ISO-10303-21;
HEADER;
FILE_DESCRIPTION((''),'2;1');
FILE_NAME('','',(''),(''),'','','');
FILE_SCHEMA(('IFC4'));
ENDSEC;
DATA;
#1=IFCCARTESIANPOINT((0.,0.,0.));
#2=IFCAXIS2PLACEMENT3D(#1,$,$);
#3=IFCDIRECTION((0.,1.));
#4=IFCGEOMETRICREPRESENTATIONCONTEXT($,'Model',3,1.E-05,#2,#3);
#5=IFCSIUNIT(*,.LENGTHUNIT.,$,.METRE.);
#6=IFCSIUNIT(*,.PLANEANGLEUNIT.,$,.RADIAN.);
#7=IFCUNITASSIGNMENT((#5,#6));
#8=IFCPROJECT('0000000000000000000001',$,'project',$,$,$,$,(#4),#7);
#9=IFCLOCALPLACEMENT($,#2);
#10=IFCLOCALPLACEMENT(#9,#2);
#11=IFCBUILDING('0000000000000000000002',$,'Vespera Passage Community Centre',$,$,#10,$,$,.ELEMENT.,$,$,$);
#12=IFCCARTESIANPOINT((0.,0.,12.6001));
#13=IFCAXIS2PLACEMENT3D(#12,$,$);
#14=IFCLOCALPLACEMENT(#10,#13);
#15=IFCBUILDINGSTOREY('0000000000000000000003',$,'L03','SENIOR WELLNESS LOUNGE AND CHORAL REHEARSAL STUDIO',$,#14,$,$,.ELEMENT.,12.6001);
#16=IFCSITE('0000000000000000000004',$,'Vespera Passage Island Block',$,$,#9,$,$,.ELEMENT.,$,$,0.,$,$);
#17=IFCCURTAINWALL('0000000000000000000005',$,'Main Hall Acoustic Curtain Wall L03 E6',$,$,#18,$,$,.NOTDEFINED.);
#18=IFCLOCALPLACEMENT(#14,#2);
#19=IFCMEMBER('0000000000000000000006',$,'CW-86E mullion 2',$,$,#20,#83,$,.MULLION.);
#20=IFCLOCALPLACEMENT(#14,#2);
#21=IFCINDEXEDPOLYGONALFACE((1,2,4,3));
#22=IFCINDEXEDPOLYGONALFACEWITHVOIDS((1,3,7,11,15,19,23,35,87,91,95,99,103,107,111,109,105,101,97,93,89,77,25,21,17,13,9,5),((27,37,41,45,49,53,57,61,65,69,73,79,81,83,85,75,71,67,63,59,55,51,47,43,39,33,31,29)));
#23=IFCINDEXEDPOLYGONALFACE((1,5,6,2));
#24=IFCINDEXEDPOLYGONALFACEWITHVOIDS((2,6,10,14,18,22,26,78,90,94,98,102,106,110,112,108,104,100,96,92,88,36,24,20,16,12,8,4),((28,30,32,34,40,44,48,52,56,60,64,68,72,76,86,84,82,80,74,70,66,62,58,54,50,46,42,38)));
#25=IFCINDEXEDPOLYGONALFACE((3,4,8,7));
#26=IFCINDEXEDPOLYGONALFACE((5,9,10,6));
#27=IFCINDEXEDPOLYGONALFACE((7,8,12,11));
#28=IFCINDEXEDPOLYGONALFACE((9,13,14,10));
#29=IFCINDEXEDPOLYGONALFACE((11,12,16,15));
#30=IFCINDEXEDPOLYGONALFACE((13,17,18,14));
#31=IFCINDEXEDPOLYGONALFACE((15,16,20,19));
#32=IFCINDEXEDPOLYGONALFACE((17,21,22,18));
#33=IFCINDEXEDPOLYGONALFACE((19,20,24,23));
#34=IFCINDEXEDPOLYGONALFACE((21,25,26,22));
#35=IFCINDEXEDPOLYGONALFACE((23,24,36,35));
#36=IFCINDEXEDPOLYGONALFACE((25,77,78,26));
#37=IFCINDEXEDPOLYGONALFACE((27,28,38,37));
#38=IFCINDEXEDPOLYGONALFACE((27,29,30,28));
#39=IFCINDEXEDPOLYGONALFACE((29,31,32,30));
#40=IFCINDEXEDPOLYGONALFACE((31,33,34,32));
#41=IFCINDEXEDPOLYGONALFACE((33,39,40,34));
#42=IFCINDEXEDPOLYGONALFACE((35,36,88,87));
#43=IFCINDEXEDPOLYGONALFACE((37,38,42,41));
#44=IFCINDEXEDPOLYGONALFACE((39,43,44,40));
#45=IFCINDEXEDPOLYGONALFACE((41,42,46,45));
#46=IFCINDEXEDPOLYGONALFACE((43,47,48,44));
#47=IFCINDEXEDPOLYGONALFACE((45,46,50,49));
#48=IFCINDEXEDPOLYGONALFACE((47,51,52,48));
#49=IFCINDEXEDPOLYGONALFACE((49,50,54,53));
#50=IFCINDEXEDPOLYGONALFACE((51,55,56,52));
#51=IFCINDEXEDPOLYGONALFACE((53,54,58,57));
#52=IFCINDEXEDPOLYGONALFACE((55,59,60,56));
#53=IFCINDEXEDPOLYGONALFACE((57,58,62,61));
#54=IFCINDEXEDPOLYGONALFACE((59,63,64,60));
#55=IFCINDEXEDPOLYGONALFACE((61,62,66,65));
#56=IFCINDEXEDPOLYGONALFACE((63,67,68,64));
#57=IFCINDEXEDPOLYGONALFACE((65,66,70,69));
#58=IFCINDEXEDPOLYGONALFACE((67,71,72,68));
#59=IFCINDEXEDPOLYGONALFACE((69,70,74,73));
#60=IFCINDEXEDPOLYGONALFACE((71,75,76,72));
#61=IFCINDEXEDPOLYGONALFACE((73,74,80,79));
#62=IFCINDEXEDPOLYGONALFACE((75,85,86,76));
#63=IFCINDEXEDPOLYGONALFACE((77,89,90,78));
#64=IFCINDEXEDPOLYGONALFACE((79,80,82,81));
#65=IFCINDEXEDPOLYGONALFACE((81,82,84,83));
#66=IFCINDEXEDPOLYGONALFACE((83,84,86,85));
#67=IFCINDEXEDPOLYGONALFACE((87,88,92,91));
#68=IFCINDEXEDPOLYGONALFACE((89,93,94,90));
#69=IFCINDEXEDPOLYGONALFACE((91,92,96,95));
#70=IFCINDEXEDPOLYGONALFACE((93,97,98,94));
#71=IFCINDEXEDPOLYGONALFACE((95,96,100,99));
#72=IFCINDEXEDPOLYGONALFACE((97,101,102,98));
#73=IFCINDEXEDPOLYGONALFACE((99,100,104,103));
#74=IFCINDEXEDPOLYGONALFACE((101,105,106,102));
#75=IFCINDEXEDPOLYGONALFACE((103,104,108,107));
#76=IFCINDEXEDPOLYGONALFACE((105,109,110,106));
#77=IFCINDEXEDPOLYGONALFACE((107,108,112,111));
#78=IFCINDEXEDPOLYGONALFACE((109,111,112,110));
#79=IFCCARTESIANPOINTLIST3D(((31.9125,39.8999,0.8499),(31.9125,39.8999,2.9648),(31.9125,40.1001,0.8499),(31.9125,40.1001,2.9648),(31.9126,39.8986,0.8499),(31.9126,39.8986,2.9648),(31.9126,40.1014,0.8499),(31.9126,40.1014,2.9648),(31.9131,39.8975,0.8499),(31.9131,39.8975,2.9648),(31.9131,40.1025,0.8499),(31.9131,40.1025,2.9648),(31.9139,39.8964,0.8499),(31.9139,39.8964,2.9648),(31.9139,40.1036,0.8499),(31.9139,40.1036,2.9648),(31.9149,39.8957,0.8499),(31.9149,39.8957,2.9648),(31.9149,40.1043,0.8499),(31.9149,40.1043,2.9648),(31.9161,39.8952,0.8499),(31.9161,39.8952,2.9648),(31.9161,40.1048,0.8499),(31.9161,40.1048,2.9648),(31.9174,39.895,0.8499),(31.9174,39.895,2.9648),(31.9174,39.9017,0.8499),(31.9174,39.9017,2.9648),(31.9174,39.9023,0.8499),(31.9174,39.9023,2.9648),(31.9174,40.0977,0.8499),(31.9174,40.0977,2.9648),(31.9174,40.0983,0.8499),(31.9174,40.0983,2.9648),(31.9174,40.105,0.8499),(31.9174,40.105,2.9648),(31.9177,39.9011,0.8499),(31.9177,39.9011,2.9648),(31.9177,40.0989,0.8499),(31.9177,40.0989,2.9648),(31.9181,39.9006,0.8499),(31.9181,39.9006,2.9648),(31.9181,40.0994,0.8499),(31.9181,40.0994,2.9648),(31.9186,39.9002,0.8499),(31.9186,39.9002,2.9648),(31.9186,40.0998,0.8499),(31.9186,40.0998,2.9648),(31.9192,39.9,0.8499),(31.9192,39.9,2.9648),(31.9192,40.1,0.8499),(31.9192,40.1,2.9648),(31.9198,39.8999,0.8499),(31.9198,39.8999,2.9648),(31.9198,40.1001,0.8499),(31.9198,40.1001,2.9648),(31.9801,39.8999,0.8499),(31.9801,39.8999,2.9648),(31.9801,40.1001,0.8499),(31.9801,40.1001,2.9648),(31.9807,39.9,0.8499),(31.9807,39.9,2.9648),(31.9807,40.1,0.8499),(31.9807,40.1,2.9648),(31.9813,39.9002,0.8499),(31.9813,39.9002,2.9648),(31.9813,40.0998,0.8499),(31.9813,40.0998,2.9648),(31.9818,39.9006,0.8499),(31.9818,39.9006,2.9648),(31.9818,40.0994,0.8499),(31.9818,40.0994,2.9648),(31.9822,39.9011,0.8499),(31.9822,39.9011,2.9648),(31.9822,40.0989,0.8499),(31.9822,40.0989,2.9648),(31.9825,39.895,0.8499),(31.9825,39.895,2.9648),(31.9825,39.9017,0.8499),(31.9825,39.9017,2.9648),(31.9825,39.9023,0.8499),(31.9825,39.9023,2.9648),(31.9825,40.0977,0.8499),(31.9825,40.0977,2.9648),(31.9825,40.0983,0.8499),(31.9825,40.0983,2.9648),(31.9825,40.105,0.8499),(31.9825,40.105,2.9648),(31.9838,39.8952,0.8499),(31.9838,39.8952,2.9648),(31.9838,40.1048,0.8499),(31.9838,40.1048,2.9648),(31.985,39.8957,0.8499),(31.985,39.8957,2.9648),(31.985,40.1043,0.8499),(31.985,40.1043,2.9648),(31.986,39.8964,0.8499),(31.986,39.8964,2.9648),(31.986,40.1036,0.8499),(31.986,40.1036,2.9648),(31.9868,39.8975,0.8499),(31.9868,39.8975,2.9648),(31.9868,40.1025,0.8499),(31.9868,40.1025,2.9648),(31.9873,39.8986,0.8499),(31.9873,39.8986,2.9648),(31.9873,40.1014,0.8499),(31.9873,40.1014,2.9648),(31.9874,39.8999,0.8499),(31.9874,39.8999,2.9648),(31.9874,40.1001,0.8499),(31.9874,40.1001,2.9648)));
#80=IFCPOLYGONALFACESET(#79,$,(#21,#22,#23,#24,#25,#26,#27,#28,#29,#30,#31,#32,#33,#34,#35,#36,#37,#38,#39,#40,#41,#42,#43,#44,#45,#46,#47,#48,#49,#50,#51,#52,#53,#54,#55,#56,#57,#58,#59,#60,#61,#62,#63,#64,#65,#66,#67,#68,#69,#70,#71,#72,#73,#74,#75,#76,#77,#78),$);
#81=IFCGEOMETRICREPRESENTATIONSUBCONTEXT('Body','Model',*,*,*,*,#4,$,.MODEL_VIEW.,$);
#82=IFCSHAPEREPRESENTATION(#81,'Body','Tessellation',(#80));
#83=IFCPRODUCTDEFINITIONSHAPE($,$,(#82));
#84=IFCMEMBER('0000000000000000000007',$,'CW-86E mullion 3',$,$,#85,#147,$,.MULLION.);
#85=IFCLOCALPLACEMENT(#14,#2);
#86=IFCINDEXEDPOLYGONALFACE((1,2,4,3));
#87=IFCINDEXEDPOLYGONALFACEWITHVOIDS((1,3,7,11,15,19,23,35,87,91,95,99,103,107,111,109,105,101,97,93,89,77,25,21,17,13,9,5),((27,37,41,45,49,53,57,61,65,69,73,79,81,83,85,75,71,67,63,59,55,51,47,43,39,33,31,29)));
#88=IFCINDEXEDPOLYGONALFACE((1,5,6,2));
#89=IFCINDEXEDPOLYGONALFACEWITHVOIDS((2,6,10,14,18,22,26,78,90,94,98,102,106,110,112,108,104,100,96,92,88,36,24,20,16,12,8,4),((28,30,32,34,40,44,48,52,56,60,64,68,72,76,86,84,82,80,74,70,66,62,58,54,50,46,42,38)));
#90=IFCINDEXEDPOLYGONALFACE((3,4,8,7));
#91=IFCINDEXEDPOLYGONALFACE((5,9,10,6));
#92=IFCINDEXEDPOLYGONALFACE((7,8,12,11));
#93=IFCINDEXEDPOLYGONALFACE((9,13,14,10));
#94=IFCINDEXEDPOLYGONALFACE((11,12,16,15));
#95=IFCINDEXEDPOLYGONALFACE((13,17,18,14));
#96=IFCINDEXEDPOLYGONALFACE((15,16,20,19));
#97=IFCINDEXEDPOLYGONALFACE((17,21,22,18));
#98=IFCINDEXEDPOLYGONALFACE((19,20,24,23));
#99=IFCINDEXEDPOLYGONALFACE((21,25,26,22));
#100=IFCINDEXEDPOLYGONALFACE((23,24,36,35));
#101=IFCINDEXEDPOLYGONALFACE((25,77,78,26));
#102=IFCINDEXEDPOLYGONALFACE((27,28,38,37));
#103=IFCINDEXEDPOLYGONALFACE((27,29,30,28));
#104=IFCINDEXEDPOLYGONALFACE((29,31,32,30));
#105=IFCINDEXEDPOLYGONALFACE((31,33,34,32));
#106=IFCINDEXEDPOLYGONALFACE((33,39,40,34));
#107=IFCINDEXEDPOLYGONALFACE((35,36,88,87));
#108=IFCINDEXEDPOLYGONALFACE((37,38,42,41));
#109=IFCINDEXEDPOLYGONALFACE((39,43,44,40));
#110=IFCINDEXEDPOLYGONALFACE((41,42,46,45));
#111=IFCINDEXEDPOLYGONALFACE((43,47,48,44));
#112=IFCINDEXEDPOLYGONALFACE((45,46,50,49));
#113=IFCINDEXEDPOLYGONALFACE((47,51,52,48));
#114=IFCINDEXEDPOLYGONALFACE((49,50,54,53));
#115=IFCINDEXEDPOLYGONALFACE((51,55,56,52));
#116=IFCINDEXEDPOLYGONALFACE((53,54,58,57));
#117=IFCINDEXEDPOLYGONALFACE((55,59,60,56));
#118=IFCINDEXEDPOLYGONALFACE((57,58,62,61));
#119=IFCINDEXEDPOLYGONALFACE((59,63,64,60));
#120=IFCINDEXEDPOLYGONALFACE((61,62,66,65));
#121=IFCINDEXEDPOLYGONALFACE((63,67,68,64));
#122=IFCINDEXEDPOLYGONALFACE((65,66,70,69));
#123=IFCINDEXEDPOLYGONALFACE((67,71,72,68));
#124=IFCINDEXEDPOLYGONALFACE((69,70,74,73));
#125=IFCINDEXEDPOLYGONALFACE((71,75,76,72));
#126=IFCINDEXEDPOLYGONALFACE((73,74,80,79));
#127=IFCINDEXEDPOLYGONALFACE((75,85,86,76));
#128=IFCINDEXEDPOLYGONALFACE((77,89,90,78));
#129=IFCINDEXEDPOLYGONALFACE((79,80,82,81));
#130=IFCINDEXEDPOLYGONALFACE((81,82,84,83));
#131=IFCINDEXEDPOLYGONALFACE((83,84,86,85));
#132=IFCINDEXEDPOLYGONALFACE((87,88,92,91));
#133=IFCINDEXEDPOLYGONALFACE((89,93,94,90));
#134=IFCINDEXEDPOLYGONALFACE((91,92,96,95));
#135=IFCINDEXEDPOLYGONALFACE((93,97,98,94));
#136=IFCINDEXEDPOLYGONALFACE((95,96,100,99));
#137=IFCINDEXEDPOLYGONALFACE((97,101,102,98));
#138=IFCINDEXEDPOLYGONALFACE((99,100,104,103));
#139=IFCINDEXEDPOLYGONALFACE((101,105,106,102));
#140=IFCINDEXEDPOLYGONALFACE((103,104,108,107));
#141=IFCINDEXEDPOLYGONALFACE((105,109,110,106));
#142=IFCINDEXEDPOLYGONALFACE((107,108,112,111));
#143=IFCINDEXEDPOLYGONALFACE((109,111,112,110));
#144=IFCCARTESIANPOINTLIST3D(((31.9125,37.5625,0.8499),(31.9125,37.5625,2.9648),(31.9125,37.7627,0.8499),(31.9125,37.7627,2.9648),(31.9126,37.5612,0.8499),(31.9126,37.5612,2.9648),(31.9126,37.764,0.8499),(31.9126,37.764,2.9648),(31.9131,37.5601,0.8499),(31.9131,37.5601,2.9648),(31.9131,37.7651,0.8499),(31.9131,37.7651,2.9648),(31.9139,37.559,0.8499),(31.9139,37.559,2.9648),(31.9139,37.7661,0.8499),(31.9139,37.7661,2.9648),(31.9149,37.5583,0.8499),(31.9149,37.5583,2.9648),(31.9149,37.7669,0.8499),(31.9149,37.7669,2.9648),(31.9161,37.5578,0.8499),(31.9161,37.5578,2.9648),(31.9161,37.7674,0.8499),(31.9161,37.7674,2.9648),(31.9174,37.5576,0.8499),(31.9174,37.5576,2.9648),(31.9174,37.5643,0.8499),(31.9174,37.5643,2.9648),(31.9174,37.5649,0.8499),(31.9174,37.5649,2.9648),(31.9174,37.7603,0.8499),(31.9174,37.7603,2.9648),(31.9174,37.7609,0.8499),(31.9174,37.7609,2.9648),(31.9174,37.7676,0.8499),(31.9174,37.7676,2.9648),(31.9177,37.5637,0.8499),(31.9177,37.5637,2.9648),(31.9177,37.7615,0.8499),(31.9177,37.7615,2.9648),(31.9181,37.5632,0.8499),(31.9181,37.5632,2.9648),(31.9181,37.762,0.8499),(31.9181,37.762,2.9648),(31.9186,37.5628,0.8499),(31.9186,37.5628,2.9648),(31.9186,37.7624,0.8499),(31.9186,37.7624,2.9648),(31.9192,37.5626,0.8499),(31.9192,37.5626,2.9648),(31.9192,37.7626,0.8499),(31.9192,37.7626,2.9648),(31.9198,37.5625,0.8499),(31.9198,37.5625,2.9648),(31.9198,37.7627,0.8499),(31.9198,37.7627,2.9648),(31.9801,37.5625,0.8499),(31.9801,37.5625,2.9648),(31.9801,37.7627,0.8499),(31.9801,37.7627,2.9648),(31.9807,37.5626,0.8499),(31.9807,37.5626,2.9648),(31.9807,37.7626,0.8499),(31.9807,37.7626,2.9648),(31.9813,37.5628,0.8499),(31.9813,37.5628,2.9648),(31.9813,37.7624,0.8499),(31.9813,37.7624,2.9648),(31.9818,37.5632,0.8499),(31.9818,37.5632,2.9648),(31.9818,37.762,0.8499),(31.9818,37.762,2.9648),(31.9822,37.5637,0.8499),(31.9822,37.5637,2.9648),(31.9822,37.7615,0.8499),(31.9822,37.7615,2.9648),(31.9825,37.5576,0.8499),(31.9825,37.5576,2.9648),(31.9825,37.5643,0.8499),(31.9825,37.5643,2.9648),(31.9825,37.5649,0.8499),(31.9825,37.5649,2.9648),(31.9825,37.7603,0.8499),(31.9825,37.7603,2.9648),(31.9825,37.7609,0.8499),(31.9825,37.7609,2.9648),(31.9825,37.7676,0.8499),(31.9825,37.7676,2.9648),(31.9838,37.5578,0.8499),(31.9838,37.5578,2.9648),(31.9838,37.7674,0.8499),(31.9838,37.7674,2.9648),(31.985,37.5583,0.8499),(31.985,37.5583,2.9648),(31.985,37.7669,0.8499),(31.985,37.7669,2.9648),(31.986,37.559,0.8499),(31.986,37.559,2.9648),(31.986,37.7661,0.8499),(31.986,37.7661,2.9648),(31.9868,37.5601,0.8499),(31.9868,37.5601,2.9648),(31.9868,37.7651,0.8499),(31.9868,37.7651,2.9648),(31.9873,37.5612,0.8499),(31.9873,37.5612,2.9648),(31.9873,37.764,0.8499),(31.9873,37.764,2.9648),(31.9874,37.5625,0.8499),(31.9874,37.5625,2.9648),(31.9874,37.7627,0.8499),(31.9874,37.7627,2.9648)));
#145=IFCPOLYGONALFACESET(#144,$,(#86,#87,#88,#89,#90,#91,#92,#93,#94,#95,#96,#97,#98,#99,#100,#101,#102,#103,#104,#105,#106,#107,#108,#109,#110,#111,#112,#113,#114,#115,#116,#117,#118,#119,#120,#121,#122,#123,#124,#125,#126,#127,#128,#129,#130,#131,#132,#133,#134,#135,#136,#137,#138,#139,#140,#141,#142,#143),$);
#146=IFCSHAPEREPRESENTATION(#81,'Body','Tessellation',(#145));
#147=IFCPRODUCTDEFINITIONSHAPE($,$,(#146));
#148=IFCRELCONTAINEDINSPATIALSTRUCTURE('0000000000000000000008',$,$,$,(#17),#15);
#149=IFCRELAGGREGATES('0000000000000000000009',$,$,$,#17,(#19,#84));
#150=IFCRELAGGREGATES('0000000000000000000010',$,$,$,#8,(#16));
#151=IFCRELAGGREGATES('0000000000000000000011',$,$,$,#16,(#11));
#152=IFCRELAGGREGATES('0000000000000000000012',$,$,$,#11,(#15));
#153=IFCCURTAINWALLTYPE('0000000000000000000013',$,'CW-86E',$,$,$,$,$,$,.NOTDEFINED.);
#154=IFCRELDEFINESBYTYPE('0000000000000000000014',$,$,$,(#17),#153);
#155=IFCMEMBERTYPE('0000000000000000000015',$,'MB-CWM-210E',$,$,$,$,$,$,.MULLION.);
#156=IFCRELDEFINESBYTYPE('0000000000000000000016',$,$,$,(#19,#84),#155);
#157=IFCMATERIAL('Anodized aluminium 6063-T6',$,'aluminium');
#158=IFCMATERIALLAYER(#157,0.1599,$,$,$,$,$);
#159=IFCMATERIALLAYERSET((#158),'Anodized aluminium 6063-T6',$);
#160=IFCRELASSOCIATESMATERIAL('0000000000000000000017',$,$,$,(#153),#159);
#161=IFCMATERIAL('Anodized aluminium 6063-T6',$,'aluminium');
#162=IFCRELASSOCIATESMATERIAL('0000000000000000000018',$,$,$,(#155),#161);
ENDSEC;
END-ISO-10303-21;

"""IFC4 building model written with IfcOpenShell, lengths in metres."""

from ifc_helpers import new_model, si_unit, direction, frame, origin, origin_2d, place, context, subcontext, project, spatial, hollow_rectangle, extrude, material, layer, layer_set, material_profile, profile_set, type_object, element, aggregate, save


model = new_model("IFC4")

# Units and contexts
model_context = context("Model", 3, precision=1e-05, world=origin(), true_north=direction((0.0, 1.0)))
body_context = subcontext(model_context, "Body", "Model", "MODEL_VIEW")
ifc_project = project(units=[si_unit("LENGTHUNIT", "METRE"), si_unit("PLANEANGLEUNIT", "RADIAN")], contexts=[model_context])

# Site, building, storey
site_placement = place(None, origin())
site = spatial("IfcSite", under=ifc_project, at=site_placement, Name="Vespera Passage Island Block", CompositionType="ELEMENT", RefElevation=0.0)
building_placement = place(site_placement, origin())
building = spatial("IfcBuilding", under=site, at=building_placement, Name="Vespera Passage Community Centre", CompositionType="ELEMENT")
storey_placement = place(building_placement, frame((0.0, 0.0, 12.6001)))
storey = spatial("IfcBuildingStorey", under=building, at=storey_placement, Name="L03", Description="SENIOR WELLNESS LOUNGE AND CHORAL REHEARSAL STUDIO", CompositionType="ELEMENT", Elevation=12.6001)

# Curtain wall, members
ifc_material_1 = material(Name="Anodized aluminium 6063-T6", Category="aluminium")
ifc_layer_1 = layer(ifc_material_1, 0.1599)
ifc_layer_set_1 = layer_set([ifc_layer_1], Name="Anodized aluminium 6063-T6")
curtain_wall_type = type_object("IfcCurtainWallType", Name="CW-86E", PredefinedType="NOTDEFINED", material=ifc_layer_set_1)
ifc_material_2 = material(Name="Anodized aluminium 6063-T6", Category="aluminium")
ifc_material_profile_1 = material_profile(ifc_material_2, hollow_rectangle(XDim=0.075, YDim=0.21, WallThickness=0.0049, InnerFilletRadius=0.0024, OuterFilletRadius=0.0049, at=origin_2d()), Name="ALU210X75X5")
ifc_profile_set_1 = profile_set([ifc_material_profile_1], Name="Anodized aluminium 6063-T6")
member_type_1 = type_object("IfcMemberType", Name="MB-CWM-210E", PredefinedType="MULLION", material=ifc_profile_set_1)
curtain_wall_1_placement = place(storey_placement, origin())
curtain_wall_1 = element("IfcCurtainWall", 1, at=curtain_wall_1_placement, inside=storey, type_object=curtain_wall_type, Name="Main Hall Acoustic Curtain Wall L03 E6", PredefinedType="NOTDEFINED")
member_1_placement = place(storey_placement, frame((31.95, 40.0, 0.8499), z_axis=(0.0, 0.0, 1.0), x_axis=(1.0, 0.0, 0.0)))
member_1 = element("IfcMember", 2, at=member_1_placement, type_object=member_type_1, Name="CW-86E mullion 2", PredefinedType="MULLION", context=body_context, shape_type="SweptSolid", body=[
    extrude(hollow_rectangle(XDim=0.075, YDim=0.21, WallThickness=0.0049, InnerFilletRadius=0.0024, OuterFilletRadius=0.0049, at=origin_2d()), origin(), (0.0, 0.0, 1.0), 2.115),
])
member_2_placement = place(storey_placement, frame((31.95, 37.6626, 0.8499), z_axis=(0.0, 0.0, 1.0), x_axis=(1.0, 0.0, 0.0)))
member_2 = element("IfcMember", 3, at=member_2_placement, type_object=member_type_1, Name="CW-86E mullion 3", PredefinedType="MULLION", context=body_context, shape_type="SweptSolid", body=[
    extrude(hollow_rectangle(XDim=0.075, YDim=0.21, WallThickness=0.0049, InnerFilletRadius=0.0024, OuterFilletRadius=0.0049, at=origin_2d()), origin(), (0.0, 0.0, 1.0), 2.115),
])

aggregate(curtain_wall_1, [member_1, member_2])

save(model, "model.ifc")
